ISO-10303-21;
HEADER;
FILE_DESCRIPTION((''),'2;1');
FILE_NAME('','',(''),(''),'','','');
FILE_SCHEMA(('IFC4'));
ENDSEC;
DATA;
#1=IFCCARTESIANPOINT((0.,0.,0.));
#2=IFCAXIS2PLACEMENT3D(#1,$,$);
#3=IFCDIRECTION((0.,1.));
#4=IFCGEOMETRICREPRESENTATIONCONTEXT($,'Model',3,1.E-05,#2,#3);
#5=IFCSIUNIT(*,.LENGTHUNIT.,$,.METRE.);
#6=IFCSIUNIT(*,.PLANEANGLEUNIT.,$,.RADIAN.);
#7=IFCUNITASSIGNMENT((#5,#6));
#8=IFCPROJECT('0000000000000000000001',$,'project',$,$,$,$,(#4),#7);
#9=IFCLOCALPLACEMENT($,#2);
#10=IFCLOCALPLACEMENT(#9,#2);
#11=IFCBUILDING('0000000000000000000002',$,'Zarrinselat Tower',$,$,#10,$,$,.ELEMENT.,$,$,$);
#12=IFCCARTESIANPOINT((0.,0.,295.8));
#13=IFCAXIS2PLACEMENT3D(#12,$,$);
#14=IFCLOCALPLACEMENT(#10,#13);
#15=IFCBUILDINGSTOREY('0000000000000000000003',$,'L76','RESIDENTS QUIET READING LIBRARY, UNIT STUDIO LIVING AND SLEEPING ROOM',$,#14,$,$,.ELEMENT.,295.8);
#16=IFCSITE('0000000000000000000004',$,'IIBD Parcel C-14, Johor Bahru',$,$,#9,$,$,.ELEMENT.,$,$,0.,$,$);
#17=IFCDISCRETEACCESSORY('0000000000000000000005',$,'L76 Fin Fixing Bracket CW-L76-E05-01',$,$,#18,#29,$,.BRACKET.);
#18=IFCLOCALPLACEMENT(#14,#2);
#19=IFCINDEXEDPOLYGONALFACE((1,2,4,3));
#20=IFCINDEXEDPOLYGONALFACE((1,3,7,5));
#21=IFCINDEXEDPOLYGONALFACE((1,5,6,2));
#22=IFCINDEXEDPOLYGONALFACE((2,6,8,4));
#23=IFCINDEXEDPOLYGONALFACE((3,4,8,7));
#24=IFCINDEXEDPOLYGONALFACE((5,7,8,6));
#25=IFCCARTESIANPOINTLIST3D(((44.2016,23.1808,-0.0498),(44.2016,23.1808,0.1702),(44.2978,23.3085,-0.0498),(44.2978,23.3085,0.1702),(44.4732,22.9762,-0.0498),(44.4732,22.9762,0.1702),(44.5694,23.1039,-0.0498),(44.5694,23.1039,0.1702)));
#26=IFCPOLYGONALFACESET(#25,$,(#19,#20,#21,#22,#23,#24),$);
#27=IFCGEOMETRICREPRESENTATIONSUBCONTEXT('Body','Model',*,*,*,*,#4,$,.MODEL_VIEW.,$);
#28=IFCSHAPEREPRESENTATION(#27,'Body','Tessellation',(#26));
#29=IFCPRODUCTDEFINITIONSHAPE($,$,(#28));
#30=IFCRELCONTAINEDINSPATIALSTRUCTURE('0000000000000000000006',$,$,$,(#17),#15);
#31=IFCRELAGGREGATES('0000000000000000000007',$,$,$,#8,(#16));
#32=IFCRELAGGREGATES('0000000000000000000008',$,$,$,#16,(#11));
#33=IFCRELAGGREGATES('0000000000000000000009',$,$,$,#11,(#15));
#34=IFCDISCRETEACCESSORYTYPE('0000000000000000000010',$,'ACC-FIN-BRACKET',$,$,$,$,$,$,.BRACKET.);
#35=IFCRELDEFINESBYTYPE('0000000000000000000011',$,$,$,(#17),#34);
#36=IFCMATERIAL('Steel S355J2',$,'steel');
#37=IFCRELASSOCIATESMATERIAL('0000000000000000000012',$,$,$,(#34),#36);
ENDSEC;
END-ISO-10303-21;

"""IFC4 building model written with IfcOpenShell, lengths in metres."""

from ifc_helpers import new_model, si_unit, direction, frame, origin, origin_2d, place, context, subcontext, project, spatial, rectangle, extrude, material, type_object, element, save


model = new_model("IFC4")

# Units and contexts
model_context = context("Model", 3, precision=1e-05, world=origin(), true_north=direction((0.0, 1.0)))
body_context = subcontext(model_context, "Body", "Model", "MODEL_VIEW")
ifc_project = project(units=[si_unit("LENGTHUNIT", "METRE"), si_unit("PLANEANGLEUNIT", "RADIAN")], contexts=[model_context])

# Site, building, storey
site_placement = place(None, origin())
site = spatial("IfcSite", under=ifc_project, at=site_placement, Name="IIBD Parcel C-14, Johor Bahru", CompositionType="ELEMENT", RefElevation=0.0)
building_placement = place(site_placement, origin())
building = spatial("IfcBuilding", under=site, at=building_placement, Name="Zarrinselat Tower", CompositionType="ELEMENT")
storey_placement = place(building_placement, frame((0.0, 0.0, 295.8)))
storey = spatial("IfcBuildingStorey", under=building, at=storey_placement, Name="L76", Description="RESIDENTS QUIET READING LIBRARY, UNIT STUDIO LIVING AND SLEEPING ROOM", CompositionType="ELEMENT", Elevation=295.8)

# Discrete accessory
ifc_material_1 = material(Name="Steel S355J2", Category="steel")
discrete_accessory_type = type_object("IfcDiscreteAccessoryType", Name="ACC-FIN-BRACKET", PredefinedType="BRACKET", material=ifc_material_1)
discrete_accessory_placement = place(storey_placement, frame((44.3855, 23.1423, -0.0498), z_axis=(0.0, 0.0, 1.0), x_axis=(0.798743, -0.601673, 0.0)))
element("IfcDiscreteAccessory", 1, at=discrete_accessory_placement, inside=storey, type_object=discrete_accessory_type, Name="L76 Fin Fixing Bracket CW-L76-E05-01", PredefinedType="BRACKET", context=body_context, shape_type="SweptSolid", body=[
    extrude(rectangle(XDim=0.3401, YDim=0.1599, at=origin_2d()), origin(), (0.0, 0.0, 1.0), 0.22),
])

save(model, "model.ifc")
